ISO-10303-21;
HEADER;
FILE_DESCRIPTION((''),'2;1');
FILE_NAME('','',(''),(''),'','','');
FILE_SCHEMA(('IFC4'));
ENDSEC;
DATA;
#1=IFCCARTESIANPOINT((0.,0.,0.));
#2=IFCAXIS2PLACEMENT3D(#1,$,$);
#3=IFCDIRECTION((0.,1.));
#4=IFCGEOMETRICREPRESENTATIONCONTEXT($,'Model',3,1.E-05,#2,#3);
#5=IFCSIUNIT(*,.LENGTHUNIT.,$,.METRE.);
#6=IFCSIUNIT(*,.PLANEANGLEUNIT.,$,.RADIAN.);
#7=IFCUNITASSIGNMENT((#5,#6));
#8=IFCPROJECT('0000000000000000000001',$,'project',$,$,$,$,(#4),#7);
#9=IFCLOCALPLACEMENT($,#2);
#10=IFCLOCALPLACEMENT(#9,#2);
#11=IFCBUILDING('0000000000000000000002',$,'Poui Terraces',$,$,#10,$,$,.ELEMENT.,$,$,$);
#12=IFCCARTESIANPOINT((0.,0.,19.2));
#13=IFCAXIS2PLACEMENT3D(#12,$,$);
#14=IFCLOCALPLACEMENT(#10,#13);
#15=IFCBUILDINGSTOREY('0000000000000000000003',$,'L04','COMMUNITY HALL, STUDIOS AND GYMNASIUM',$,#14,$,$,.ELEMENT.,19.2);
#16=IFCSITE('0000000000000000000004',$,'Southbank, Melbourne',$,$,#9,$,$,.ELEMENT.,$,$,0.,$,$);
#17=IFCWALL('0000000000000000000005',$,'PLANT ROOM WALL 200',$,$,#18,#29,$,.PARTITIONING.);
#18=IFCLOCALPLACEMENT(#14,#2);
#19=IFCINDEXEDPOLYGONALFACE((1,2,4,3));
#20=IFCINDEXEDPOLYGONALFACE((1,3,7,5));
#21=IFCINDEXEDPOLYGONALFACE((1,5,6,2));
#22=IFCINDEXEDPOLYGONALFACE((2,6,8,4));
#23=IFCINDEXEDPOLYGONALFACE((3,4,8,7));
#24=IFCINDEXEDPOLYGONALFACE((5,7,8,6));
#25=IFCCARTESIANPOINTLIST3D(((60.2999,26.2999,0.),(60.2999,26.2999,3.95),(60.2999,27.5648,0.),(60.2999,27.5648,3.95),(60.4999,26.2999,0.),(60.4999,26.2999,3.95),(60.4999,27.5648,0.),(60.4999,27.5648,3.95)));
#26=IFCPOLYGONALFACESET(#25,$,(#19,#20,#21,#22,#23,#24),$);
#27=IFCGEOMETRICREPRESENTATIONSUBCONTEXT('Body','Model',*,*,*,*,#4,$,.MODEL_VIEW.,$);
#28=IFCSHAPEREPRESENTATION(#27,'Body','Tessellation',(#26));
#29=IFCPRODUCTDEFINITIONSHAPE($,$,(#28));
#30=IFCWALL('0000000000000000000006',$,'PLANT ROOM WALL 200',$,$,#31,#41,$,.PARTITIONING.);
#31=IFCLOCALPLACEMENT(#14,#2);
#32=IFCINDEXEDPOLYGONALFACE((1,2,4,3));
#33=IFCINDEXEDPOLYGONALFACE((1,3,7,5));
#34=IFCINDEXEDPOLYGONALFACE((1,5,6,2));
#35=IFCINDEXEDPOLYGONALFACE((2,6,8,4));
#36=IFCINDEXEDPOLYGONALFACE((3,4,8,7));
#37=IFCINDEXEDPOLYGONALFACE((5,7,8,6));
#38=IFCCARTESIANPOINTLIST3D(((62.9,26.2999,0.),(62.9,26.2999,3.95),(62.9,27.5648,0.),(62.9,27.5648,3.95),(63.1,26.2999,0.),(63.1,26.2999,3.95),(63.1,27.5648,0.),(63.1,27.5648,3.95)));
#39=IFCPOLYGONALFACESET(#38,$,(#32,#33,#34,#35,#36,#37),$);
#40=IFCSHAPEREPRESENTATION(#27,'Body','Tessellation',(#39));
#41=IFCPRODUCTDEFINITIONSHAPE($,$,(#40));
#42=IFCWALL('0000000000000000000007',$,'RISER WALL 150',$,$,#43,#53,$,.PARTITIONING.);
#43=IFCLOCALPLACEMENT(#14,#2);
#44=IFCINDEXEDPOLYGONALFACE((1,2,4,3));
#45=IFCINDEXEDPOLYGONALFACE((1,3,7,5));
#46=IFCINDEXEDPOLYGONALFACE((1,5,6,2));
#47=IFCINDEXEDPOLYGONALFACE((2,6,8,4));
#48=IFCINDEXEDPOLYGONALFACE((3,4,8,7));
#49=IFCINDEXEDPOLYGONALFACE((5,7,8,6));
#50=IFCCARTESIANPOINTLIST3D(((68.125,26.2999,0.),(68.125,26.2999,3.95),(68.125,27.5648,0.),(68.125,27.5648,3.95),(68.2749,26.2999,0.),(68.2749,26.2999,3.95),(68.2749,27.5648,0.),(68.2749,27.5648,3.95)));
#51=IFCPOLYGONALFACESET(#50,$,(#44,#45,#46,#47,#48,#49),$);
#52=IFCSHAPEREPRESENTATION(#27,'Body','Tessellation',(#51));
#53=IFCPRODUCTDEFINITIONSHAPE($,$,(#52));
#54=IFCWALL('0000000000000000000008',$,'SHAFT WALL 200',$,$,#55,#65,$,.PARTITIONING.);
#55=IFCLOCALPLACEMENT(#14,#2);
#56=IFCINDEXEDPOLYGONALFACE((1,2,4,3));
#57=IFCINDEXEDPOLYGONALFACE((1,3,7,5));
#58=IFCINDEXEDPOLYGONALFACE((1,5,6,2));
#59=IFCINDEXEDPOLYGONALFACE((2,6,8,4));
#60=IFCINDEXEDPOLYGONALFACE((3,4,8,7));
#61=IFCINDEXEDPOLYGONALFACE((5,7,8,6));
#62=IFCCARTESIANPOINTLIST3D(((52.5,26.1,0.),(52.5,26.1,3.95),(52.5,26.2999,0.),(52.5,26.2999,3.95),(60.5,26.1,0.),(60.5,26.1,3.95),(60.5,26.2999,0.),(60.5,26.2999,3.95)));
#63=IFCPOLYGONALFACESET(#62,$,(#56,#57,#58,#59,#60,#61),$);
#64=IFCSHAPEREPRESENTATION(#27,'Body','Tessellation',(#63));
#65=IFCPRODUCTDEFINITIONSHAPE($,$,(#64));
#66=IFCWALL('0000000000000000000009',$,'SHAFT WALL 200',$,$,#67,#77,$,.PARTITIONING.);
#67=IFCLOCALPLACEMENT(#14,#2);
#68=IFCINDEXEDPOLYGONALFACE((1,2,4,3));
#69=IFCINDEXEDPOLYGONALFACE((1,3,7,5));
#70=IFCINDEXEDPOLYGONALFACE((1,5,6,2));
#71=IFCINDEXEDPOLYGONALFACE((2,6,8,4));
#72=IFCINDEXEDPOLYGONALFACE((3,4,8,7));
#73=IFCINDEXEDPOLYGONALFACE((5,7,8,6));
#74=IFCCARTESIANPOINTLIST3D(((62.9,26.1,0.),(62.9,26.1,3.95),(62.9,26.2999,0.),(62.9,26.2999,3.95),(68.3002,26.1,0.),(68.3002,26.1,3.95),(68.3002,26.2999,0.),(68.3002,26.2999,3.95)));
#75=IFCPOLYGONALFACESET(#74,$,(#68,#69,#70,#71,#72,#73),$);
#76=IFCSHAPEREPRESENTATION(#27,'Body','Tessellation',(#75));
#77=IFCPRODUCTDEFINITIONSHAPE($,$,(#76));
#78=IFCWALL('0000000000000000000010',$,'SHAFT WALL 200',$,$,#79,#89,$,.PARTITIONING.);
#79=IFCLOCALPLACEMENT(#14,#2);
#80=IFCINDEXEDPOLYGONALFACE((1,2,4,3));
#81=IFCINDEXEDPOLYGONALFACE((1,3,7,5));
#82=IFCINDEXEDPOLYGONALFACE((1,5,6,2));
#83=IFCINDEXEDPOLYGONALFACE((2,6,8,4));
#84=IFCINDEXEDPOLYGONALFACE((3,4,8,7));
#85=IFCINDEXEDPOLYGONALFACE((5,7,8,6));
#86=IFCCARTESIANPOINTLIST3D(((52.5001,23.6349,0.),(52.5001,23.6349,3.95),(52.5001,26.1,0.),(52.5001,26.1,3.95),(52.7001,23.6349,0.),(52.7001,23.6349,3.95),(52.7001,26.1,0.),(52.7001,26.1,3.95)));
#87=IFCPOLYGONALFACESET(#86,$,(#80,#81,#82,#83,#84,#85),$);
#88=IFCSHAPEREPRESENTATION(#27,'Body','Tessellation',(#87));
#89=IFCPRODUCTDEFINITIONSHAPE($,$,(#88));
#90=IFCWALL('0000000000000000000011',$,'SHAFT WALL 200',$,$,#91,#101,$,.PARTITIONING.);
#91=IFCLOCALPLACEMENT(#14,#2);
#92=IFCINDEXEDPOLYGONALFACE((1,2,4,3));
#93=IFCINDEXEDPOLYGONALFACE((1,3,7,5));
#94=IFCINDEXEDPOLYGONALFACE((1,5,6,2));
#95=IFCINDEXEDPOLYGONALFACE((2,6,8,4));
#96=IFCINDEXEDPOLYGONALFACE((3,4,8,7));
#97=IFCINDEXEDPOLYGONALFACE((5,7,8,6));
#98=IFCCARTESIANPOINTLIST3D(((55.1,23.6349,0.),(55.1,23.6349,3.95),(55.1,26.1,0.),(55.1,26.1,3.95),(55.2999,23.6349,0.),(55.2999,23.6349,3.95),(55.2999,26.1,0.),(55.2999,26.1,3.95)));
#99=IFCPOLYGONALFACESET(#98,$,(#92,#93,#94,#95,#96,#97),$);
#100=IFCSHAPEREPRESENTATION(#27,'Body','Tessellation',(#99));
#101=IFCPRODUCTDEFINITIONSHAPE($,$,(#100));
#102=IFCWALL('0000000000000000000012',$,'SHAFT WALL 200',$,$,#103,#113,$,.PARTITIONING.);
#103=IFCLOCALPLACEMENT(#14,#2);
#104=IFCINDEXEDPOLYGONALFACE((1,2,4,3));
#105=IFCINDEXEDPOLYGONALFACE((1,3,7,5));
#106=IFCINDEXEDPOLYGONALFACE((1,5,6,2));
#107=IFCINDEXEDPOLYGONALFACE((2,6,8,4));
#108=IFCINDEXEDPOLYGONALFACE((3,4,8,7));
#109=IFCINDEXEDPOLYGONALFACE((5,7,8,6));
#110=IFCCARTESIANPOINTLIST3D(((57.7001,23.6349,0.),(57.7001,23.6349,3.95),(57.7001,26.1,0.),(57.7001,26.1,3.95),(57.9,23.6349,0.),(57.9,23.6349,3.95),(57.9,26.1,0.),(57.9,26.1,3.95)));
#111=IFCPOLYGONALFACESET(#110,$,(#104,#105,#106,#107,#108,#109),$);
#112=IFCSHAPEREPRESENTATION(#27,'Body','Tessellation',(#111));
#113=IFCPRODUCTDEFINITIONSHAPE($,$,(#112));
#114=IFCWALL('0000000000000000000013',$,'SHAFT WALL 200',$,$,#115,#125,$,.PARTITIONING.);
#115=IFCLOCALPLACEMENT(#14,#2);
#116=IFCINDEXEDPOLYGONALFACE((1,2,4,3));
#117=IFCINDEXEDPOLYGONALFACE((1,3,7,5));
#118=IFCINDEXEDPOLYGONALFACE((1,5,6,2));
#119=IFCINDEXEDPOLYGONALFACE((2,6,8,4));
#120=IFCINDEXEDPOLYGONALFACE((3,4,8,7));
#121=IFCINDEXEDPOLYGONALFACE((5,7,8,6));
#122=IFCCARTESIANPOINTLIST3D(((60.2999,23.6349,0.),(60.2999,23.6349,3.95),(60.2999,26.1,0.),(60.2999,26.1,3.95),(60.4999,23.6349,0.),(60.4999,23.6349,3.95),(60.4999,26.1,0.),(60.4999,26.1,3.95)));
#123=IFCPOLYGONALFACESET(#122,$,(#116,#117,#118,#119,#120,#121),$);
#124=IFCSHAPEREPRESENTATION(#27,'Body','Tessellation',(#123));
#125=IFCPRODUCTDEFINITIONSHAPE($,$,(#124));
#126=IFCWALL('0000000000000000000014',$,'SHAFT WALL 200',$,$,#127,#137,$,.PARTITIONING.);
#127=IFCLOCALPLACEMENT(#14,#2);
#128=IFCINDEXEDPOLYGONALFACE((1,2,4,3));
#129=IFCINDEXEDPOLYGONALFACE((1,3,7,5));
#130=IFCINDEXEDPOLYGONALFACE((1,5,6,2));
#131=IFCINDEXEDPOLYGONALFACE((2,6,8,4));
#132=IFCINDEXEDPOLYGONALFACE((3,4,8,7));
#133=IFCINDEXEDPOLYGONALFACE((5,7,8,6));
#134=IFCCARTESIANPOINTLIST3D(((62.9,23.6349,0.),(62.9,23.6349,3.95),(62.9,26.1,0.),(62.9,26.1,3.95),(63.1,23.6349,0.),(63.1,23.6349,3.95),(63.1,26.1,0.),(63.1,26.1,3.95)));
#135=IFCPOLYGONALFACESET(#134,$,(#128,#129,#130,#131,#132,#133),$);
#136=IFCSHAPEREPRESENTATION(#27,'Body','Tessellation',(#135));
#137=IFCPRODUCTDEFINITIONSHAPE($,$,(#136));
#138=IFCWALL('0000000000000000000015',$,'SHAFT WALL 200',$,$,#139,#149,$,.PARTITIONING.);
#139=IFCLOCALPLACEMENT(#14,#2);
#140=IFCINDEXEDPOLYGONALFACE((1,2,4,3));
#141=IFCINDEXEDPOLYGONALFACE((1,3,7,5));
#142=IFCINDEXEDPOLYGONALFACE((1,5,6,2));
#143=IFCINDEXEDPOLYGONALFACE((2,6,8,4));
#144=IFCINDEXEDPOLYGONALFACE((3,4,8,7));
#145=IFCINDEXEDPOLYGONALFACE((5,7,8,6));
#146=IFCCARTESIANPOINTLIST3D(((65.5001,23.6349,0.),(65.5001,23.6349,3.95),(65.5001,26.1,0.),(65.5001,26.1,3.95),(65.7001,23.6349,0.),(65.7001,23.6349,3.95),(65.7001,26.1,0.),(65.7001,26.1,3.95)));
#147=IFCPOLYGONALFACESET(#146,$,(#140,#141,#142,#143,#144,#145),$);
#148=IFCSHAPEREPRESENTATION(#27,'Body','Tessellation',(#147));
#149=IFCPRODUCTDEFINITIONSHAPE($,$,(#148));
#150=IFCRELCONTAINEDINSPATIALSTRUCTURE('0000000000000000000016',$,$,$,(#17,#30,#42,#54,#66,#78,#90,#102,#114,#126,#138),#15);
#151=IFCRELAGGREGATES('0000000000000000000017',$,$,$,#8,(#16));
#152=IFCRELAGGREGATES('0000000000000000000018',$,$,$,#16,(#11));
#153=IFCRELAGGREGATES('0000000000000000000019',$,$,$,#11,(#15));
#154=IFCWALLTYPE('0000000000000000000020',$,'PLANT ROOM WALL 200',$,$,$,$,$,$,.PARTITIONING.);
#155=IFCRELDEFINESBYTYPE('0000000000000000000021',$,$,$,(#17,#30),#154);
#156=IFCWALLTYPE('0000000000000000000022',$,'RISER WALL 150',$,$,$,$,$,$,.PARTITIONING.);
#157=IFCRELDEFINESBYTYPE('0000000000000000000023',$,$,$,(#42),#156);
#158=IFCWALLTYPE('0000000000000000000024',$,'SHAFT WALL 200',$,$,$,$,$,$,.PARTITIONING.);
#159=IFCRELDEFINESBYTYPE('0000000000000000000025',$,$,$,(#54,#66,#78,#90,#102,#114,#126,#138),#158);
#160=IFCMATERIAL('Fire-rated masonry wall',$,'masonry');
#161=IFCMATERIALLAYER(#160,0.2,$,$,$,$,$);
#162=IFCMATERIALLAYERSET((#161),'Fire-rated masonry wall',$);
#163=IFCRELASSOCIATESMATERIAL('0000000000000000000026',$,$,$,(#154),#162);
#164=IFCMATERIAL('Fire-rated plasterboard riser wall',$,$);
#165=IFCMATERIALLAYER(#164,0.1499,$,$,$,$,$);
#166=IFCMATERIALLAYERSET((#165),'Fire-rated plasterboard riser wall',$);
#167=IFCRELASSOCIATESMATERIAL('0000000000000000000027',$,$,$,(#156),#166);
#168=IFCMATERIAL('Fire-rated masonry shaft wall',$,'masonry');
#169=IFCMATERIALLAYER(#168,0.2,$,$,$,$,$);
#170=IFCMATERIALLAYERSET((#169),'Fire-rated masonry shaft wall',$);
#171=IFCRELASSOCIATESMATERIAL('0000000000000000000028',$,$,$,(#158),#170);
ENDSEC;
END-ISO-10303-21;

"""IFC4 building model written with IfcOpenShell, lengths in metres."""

from ifc_helpers import new_model, si_unit, direction, frame, frame_2d, origin, place, context, subcontext, project, spatial, rectangle, extrude, material, layer, layer_set, type_object, element, save


model = new_model("IFC4")

# Units and contexts
model_context = context("Model", 3, precision=1e-05, world=origin(), true_north=direction((0.0, 1.0)))
body_context = subcontext(model_context, "Body", "Model", "MODEL_VIEW")
ifc_project = project(units=[si_unit("LENGTHUNIT", "METRE"), si_unit("PLANEANGLEUNIT", "RADIAN")], contexts=[model_context])

# Site, building, storey
site_placement = place(None, origin())
site = spatial("IfcSite", under=ifc_project, at=site_placement, Name="Southbank, Melbourne", CompositionType="ELEMENT", RefElevation=0.0)
building_placement = place(site_placement, origin())
building = spatial("IfcBuilding", under=site, at=building_placement, Name="Poui Terraces", CompositionType="ELEMENT")
storey_placement = place(building_placement, frame((0.0, 0.0, 19.2)))
storey = spatial("IfcBuildingStorey", under=building, at=storey_placement, Name="L04", Description="COMMUNITY HALL, STUDIOS AND GYMNASIUM", CompositionType="ELEMENT", Elevation=19.2)

# Walls
ifc_material_1 = material(Name="Fire-rated masonry wall", Category="masonry")
ifc_layer_1 = layer(ifc_material_1, 0.2)
ifc_layer_set_1 = layer_set([ifc_layer_1], Name="Fire-rated masonry wall")
wall_type_1 = type_object("IfcWallType", Name="PLANT ROOM WALL 200", PredefinedType="PARTITIONING", material=ifc_layer_set_1)
for number, where, z_axis, x_axis, name in (
    (1, (60.3999, 26.3, 0.0), (0.0, 0.0, 1.0), (0.0, 1.0, 0.0), "PLANT ROOM WALL 200"),
    (2, (63.0, 26.3, 0.0), (0.0, 0.0, 1.0), (0.0, 1.0, 0.0), "PLANT ROOM WALL 200"),
):
    element("IfcWall", number, at=place(storey_placement, frame(where, z_axis=z_axis, x_axis=x_axis)), inside=storey, type_object=wall_type_1, Name=name, PredefinedType="PARTITIONING", context=body_context, shape_type="SweptSolid", body=[
        extrude(rectangle(XDim=1.2649, YDim=0.2, at=frame_2d((0.6323, 0.0))), origin(), (0.0, 0.0, 1.0), 3.95),
    ])
ifc_material_2 = material(Name="Fire-rated plasterboard riser wall")
ifc_layer_2 = layer(ifc_material_2, 0.1499)
ifc_layer_set_2 = layer_set([ifc_layer_2], Name="Fire-rated plasterboard riser wall")
wall_type_2 = type_object("IfcWallType", Name="RISER WALL 150", PredefinedType="PARTITIONING", material=ifc_layer_set_2)
wall_1_placement = place(storey_placement, frame((68.2, 26.3, 0.0), z_axis=(0.0, 0.0, 1.0), x_axis=(0.0, 1.0, 0.0)))
element("IfcWall", 3, at=wall_1_placement, inside=storey, type_object=wall_type_2, Name="RISER WALL 150", PredefinedType="PARTITIONING", context=body_context, shape_type="SweptSolid", body=[
    extrude(rectangle(XDim=1.2649, YDim=0.1499, at=frame_2d((0.6323, 0.0))), origin(), (0.0, 0.0, 1.0), 3.95),
])
ifc_material_3 = material(Name="Fire-rated masonry shaft wall", Category="masonry")
ifc_layer_3 = layer(ifc_material_3, 0.2)
ifc_layer_set_3 = layer_set([ifc_layer_3], Name="Fire-rated masonry shaft wall")
wall_type_3 = type_object("IfcWallType", Name="SHAFT WALL 200", PredefinedType="PARTITIONING", material=ifc_layer_set_3)
wall_2_placement = place(storey_placement, frame((52.5, 26.2, 0.0), z_axis=(0.0, 0.0, 1.0), x_axis=(1.0, 0.0, 0.0)))
element("IfcWall", 4, at=wall_2_placement, inside=storey, type_object=wall_type_3, Name="SHAFT WALL 200", PredefinedType="PARTITIONING", context=body_context, shape_type="SweptSolid", body=[
    extrude(rectangle(XDim=8.0, YDim=0.2, at=frame_2d((4.0, 0.0))), origin(), (0.0, 0.0, 1.0), 3.95),
])
wall_3_placement = place(storey_placement, frame((62.8999, 26.2, 0.0), z_axis=(0.0, 0.0, 1.0), x_axis=(1.0, 0.0, 0.0)))
element("IfcWall", 5, at=wall_3_placement, inside=storey, type_object=wall_type_3, Name="SHAFT WALL 200", PredefinedType="PARTITIONING", context=body_context, shape_type="SweptSolid", body=[
    extrude(rectangle(XDim=5.4001, YDim=0.2, at=frame_2d((2.7002, 0.0))), origin(), (0.0, 0.0, 1.0), 3.95),
])
for number, where, z_axis, x_axis, name in (
    (6, (52.6001, 23.635, 0.0), (0.0, 0.0, 1.0), (0.0, 1.0, 0.0), "SHAFT WALL 200"),
    (7, (55.2, 23.635, 0.0), (0.0, 0.0, 1.0), (0.0, 1.0, 0.0), "SHAFT WALL 200"),
    (8, (57.8, 23.635, 0.0), (0.0, 0.0, 1.0), (0.0, 1.0, 0.0), "SHAFT WALL 200"),
    (9, (60.3999, 23.635, 0.0), (0.0, 0.0, 1.0), (0.0, 1.0, 0.0), "SHAFT WALL 200"),
    (10, (63.0, 23.635, 0.0), (0.0, 0.0, 1.0), (0.0, 1.0, 0.0), "SHAFT WALL 200"),
    (11, (65.6001, 23.635, 0.0), (0.0, 0.0, 1.0), (0.0, 1.0, 0.0), "SHAFT WALL 200"),
):
    element("IfcWall", number, at=place(storey_placement, frame(where, z_axis=z_axis, x_axis=x_axis)), inside=storey, type_object=wall_type_3, Name=name, PredefinedType="PARTITIONING", context=body_context, shape_type="SweptSolid", body=[
        extrude(rectangle(XDim=2.4651, YDim=0.2, at=frame_2d((1.2324, 0.0))), origin(), (0.0, 0.0, 1.0), 3.95),
    ])

save(model, "model.ifc")
